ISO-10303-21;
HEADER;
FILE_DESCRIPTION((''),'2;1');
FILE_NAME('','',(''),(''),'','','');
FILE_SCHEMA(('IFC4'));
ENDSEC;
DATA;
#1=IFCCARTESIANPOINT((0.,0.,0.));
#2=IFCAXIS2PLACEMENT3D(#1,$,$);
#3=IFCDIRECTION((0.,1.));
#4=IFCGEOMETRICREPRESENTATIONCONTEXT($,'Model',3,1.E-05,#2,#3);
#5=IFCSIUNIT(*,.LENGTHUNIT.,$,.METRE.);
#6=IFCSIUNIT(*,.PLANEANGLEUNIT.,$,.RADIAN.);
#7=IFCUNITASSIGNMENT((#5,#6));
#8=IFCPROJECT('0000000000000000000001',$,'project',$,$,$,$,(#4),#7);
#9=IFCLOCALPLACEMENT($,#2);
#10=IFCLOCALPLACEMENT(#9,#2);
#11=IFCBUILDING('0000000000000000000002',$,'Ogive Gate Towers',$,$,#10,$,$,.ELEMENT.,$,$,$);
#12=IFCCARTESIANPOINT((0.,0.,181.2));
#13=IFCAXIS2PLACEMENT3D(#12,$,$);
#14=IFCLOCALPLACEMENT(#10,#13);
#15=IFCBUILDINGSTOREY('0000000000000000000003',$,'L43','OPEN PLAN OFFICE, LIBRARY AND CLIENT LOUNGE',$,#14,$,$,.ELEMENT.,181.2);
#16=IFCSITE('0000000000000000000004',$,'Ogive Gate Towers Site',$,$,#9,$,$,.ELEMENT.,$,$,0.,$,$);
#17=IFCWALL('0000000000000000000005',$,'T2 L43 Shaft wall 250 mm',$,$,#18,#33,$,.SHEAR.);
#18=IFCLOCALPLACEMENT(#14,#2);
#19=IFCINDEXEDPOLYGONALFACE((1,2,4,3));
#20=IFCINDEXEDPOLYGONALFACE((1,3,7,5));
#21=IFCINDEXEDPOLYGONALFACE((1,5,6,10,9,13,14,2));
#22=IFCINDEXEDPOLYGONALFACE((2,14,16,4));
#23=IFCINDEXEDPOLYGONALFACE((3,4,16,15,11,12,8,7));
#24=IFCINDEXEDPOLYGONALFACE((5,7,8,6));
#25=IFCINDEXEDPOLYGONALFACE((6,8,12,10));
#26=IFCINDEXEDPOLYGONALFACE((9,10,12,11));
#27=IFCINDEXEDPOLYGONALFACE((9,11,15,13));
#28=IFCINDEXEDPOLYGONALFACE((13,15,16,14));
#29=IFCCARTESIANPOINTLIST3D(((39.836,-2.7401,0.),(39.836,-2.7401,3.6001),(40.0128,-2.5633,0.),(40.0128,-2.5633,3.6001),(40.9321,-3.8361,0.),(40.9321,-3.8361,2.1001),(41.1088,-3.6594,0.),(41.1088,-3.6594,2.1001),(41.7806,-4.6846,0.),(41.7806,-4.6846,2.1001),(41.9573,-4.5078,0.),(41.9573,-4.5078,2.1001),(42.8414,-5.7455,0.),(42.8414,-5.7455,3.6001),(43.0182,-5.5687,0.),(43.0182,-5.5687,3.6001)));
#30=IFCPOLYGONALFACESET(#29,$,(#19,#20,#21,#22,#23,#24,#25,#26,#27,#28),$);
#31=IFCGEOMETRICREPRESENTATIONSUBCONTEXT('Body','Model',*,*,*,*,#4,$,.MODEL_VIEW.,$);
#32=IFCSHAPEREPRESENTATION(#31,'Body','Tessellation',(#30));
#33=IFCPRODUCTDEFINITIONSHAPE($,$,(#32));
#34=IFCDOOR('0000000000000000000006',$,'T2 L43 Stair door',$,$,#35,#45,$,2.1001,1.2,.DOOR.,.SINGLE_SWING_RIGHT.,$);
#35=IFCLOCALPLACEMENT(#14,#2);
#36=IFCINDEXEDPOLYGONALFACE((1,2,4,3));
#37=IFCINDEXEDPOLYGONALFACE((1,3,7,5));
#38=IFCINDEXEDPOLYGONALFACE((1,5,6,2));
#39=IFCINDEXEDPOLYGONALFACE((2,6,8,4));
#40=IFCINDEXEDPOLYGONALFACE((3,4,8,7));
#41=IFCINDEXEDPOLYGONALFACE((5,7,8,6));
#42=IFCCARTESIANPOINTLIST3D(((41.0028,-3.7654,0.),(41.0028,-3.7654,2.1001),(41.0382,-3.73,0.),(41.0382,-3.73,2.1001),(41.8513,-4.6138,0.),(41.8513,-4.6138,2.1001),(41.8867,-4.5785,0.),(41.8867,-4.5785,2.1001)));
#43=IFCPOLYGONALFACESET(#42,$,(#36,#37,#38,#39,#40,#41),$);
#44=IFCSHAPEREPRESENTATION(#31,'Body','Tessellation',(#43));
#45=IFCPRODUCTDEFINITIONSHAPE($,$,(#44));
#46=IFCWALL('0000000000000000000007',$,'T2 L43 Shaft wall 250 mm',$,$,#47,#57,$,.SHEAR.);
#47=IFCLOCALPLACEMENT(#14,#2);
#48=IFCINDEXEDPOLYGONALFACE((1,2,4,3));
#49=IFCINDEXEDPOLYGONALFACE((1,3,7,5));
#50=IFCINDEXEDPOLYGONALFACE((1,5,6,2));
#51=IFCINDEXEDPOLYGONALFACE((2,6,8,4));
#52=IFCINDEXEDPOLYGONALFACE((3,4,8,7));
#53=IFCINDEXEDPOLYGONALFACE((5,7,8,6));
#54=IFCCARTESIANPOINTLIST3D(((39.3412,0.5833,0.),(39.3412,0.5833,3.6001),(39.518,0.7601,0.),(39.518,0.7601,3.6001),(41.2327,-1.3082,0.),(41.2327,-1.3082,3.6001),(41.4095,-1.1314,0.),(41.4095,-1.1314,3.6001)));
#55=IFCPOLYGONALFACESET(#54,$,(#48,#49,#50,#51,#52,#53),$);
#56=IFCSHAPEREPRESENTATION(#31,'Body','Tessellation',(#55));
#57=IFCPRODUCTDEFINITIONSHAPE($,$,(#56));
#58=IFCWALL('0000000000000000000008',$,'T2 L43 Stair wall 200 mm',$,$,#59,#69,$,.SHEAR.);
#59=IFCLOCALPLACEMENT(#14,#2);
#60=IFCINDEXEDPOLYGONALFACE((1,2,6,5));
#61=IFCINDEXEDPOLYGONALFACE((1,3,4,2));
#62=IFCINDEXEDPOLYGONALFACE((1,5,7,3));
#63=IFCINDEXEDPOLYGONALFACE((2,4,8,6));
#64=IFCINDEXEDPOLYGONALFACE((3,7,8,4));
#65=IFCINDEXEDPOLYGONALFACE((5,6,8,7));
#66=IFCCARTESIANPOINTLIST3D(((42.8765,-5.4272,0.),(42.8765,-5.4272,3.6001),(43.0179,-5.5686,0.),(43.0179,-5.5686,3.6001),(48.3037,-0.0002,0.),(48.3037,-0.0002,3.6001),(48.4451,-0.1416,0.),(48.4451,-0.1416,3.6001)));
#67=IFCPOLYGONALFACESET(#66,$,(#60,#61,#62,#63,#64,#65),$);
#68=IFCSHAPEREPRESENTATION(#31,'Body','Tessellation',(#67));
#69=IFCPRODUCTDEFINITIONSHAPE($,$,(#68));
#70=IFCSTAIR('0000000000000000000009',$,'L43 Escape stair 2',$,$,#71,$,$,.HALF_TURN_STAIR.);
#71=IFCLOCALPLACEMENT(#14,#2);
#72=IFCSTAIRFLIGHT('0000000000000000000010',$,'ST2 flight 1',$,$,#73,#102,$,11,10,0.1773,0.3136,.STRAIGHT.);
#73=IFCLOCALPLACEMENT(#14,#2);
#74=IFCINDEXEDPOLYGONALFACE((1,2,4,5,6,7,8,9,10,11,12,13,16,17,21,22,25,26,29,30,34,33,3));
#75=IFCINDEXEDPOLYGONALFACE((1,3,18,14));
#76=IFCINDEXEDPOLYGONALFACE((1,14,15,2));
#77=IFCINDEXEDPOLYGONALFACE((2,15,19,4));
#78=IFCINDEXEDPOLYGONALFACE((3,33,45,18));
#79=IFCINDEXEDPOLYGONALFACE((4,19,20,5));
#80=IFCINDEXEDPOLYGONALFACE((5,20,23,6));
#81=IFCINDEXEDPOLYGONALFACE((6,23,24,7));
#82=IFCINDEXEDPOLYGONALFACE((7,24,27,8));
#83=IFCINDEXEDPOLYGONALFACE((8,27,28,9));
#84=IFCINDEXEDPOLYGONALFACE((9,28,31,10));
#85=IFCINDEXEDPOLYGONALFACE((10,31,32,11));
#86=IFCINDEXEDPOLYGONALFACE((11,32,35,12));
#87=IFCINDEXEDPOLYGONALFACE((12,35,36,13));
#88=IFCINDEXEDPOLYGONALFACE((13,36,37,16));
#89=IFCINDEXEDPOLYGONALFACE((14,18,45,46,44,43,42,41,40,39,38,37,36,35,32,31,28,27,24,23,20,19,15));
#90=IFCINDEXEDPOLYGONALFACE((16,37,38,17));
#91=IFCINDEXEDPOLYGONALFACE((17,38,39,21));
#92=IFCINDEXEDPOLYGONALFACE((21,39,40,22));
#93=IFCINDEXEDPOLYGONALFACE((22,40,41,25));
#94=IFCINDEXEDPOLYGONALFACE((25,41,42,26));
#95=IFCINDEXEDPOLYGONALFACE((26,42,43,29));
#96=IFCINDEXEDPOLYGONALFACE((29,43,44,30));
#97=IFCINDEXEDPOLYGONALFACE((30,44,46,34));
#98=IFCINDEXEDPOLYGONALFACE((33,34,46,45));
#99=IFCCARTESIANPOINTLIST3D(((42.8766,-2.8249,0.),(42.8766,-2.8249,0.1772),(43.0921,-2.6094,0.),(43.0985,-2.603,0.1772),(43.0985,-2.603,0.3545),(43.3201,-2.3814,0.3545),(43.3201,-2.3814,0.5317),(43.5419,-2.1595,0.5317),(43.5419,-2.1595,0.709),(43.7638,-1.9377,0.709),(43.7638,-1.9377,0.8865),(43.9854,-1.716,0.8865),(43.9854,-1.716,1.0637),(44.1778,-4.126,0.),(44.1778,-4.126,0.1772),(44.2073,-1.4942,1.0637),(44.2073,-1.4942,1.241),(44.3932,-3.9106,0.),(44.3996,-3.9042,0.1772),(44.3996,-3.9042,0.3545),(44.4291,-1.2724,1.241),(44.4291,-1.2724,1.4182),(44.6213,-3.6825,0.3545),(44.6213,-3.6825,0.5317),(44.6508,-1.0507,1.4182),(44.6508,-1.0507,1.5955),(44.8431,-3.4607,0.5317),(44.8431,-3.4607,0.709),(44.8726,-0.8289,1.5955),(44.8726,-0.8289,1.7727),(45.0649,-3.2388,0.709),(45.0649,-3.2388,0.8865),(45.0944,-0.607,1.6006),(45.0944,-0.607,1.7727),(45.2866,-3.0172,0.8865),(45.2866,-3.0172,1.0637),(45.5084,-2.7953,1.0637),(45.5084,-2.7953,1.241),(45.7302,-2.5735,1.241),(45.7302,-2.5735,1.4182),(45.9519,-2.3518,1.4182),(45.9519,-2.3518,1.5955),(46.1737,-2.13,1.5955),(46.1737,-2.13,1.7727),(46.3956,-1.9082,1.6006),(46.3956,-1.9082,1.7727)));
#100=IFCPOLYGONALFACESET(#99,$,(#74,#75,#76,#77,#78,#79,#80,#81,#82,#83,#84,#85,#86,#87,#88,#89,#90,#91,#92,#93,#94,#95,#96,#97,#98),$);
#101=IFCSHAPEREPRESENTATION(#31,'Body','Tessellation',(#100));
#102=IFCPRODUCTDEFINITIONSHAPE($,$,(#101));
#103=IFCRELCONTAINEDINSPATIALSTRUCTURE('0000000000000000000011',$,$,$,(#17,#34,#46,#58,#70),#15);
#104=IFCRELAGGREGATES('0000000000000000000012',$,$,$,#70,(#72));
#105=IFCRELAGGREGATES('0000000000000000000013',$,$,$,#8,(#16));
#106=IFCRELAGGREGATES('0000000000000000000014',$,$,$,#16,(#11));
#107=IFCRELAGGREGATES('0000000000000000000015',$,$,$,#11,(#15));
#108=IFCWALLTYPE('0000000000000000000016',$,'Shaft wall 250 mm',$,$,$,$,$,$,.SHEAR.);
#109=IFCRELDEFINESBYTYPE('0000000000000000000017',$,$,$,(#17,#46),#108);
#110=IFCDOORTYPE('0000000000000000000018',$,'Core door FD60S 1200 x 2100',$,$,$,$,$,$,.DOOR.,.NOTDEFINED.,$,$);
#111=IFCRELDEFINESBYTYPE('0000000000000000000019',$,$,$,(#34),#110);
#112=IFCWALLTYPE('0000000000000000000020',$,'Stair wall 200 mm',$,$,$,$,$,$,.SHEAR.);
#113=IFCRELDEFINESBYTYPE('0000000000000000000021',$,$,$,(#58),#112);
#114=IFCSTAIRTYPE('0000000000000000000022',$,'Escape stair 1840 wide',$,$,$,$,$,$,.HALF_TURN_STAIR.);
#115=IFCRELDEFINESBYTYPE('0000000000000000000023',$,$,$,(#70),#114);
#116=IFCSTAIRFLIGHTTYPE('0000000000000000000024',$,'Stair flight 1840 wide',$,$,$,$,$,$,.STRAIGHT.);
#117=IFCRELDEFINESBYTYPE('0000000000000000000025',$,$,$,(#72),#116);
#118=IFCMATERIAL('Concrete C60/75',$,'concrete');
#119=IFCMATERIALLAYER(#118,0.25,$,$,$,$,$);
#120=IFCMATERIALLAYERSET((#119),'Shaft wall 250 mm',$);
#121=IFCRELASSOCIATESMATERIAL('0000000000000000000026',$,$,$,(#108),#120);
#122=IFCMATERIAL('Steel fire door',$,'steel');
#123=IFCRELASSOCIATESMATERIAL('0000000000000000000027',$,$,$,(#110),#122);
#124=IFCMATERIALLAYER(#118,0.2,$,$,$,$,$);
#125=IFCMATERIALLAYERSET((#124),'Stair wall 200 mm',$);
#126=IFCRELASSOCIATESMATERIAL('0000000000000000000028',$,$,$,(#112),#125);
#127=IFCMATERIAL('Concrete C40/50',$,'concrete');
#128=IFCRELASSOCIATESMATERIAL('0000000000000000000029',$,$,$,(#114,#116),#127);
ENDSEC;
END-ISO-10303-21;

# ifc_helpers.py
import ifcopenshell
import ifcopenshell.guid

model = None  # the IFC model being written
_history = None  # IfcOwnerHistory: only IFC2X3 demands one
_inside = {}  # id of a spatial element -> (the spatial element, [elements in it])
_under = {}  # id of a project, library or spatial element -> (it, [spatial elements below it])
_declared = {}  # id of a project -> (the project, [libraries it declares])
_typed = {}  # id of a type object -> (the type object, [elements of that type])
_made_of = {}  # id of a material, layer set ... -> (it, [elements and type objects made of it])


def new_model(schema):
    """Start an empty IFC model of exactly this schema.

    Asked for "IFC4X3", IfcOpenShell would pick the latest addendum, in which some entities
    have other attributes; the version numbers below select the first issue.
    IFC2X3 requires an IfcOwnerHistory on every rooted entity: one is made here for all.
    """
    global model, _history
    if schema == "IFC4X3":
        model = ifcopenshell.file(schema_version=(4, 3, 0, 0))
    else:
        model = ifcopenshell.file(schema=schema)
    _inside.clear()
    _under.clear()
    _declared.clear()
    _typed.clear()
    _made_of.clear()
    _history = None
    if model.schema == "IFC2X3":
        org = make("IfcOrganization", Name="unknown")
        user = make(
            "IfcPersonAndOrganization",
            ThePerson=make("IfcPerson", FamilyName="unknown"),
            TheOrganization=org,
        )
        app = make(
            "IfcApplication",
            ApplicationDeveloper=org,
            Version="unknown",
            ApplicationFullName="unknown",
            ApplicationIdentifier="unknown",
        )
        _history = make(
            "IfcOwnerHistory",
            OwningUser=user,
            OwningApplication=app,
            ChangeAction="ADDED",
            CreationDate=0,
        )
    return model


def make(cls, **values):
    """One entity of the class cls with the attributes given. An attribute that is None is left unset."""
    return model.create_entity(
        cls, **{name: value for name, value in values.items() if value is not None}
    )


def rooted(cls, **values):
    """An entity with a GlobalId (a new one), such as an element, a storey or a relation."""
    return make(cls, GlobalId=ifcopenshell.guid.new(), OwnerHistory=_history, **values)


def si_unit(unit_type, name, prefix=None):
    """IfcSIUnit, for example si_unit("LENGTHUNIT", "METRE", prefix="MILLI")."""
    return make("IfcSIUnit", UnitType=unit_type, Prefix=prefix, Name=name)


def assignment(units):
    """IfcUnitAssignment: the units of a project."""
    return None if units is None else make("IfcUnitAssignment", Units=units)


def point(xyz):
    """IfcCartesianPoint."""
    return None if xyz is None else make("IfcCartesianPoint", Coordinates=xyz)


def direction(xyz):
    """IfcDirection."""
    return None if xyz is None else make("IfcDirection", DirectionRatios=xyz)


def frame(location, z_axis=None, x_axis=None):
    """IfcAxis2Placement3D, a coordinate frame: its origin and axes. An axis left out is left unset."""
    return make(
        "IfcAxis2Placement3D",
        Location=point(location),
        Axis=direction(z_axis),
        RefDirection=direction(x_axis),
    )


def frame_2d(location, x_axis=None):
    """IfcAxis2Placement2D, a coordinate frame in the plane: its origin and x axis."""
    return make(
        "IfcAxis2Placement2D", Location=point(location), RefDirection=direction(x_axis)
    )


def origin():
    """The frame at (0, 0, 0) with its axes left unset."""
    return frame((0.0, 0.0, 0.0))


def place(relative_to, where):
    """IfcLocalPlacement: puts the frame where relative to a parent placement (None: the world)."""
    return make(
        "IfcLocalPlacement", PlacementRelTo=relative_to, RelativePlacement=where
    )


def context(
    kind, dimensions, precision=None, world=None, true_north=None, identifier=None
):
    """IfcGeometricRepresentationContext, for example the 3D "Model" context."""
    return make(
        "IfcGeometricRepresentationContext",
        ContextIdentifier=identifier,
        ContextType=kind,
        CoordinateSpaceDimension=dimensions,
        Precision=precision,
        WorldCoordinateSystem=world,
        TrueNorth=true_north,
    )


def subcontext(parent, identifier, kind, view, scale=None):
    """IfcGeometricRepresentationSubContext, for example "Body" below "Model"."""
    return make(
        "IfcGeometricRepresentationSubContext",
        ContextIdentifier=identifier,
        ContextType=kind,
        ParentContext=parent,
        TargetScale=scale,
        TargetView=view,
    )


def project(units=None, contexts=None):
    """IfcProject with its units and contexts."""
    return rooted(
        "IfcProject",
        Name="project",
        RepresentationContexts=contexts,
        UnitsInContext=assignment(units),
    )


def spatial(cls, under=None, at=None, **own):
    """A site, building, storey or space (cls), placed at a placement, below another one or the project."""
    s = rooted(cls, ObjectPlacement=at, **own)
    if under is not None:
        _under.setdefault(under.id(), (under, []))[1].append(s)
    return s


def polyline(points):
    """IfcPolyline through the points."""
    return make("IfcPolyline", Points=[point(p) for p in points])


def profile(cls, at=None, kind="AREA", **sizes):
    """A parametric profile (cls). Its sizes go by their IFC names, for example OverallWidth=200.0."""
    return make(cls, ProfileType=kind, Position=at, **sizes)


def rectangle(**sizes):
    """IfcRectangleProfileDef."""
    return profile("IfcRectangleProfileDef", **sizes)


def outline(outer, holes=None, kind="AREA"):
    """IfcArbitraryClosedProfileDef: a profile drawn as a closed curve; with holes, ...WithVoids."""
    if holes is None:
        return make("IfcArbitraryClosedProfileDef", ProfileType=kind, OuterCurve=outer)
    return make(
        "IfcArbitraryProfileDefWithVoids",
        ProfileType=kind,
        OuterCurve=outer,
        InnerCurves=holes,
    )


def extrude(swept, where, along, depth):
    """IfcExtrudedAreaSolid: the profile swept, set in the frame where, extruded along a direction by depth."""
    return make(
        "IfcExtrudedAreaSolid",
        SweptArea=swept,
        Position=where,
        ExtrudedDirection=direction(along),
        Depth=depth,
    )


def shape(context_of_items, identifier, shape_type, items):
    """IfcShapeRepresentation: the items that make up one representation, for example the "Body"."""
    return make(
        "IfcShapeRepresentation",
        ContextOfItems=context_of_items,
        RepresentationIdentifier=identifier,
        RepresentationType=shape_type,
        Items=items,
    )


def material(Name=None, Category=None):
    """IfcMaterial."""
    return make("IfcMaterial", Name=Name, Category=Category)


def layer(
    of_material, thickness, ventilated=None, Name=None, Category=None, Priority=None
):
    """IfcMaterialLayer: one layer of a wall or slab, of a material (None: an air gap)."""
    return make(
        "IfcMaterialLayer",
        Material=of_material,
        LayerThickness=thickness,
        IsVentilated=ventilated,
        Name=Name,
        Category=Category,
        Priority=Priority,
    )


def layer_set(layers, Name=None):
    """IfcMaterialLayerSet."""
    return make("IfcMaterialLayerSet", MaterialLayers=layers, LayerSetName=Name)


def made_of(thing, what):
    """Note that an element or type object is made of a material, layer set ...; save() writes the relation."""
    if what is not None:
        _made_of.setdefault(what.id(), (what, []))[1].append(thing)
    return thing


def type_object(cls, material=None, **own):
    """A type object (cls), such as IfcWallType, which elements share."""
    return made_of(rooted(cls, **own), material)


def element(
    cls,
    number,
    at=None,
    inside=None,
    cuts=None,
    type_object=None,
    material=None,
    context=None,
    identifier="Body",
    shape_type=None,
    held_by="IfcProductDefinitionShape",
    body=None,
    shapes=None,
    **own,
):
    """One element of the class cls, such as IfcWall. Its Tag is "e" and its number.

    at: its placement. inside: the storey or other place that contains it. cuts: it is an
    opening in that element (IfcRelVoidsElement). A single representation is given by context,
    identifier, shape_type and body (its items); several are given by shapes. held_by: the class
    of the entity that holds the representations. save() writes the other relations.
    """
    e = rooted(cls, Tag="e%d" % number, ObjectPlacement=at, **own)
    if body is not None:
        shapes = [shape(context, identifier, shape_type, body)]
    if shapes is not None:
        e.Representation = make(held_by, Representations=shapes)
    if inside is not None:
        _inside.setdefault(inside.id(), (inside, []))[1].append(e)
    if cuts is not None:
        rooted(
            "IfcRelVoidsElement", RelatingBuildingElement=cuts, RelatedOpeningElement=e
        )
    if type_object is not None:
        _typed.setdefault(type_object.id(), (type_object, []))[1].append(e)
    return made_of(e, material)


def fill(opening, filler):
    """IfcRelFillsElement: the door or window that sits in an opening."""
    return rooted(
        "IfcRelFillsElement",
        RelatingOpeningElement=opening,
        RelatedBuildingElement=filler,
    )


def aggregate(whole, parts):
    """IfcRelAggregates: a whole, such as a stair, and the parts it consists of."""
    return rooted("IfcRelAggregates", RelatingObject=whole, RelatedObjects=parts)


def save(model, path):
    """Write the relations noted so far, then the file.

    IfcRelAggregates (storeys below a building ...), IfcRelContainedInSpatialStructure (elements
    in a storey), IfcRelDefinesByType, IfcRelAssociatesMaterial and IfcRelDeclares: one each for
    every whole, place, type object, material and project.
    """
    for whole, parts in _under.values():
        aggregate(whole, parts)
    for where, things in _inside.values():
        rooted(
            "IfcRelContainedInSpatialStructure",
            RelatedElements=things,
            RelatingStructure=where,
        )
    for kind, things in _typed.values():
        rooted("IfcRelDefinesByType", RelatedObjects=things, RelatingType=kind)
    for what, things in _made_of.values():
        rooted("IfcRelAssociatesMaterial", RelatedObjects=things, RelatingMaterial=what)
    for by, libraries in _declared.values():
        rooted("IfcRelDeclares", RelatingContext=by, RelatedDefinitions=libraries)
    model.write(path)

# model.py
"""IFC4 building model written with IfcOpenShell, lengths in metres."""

from ifc_helpers import new_model, si_unit, direction, frame, frame_2d, origin, place, context, subcontext, project, spatial, polyline, rectangle, outline, extrude, material, layer, layer_set, type_object, element, fill, aggregate, save


model = new_model("IFC4")

# Units and contexts
model_context = context("Model", 3, precision=1e-05, world=origin(), true_north=direction((0.0, 1.0)))
body_context = subcontext(model_context, "Body", "Model", "MODEL_VIEW")
ifc_project = project(units=[si_unit("LENGTHUNIT", "METRE"), si_unit("PLANEANGLEUNIT", "RADIAN")], contexts=[model_context])

# Site, building, storey
site_placement = place(None, origin())
site = spatial("IfcSite", under=ifc_project, at=site_placement, Name="Ogive Gate Towers Site", CompositionType="ELEMENT", RefElevation=0.0)
building_placement = place(site_placement, origin())
building = spatial("IfcBuilding", under=site, at=building_placement, Name="Ogive Gate Towers", CompositionType="ELEMENT")
storey_placement = place(building_placement, frame((0.0, 0.0, 181.2)))
storey = spatial("IfcBuildingStorey", under=building, at=storey_placement, Name="L43", Description="OPEN PLAN OFFICE, LIBRARY AND CLIENT LOUNGE", CompositionType="ELEMENT", Elevation=181.2)

# Shared definitions
ifc_material_1 = material(Name="Concrete C40/50", Category="concrete")

# Shared definitions
ifc_material_2 = material(Name="Concrete C60/75", Category="concrete")
ifc_layer_1 = layer(ifc_material_2, 0.25)
ifc_layer_set_1 = layer_set([ifc_layer_1], Name="Shaft wall 250 mm")
wall_type_1 = type_object("IfcWallType", Name="Shaft wall 250 mm", PredefinedType="SHEAR", material=ifc_layer_set_1)

# Wall, opening, door
wall_1_placement = place(storey_placement, frame((42.9297, -5.657, 0.0), z_axis=(0.0, 0.0, 1.0), x_axis=(-0.707107, 0.707107, 0.0)))
wall_1 = element("IfcWall", 1, at=wall_1_placement, inside=storey, type_object=wall_type_1, Name="T2 L43 Shaft wall 250 mm", PredefinedType="SHEAR", context=body_context, shape_type="SweptSolid", body=[
    extrude(rectangle(XDim=4.2502, YDim=0.25, at=frame_2d((2.125, 0.0))), origin(), (0.0, 0.0, 1.0), 3.6001),
])
opening_1_placement = place(wall_1_placement, frame((1.5, 0.0, 0.0)))
opening_1 = element("IfcOpeningElement", 2, at=opening_1_placement, cuts=wall_1, PredefinedType="OPENING", context=body_context, shape_type="SweptSolid", body=[
    extrude(rectangle(XDim=1.2, YDim=2.1001, at=frame_2d((0.6001, 1.05))), frame((0.0, 0.135, 0.0), z_axis=(0.0, -1.0, 0.0), x_axis=(1.0, 0.0, 0.0)), (0.0, 0.0, 1.0), 0.27),
])
ifc_material_3 = material(Name="Steel fire door", Category="steel")
door_type_1 = type_object("IfcDoorType", Name="Core door FD60S 1200 x 2100", OperationType="NOTDEFINED", PredefinedType="DOOR", material=ifc_material_3)
door_1_placement = place(opening_1_placement, origin())
door_1 = element("IfcDoor", 3, at=door_1_placement, inside=storey, type_object=door_type_1, Name="T2 L43 Stair door", OperationType="SINGLE_SWING_RIGHT", OverallHeight=2.1001, OverallWidth=1.2, PredefinedType="DOOR", context=body_context, shape_type="SweptSolid", body=[
    extrude(rectangle(XDim=1.2, YDim=2.1001, at=frame_2d((0.6001, 1.05))), frame((0.0, 0.0249, 0.0), z_axis=(0.0, -1.0, 0.0), x_axis=(1.0, 0.0, 0.0)), (0.0, 0.0, 1.0), 0.05),
])
fill(opening_1, door_1)

# Walls
wall_2_placement = place(storey_placement, frame((41.321, -1.2197, 0.0), z_axis=(0.0, 0.0, 1.0), x_axis=(-0.707107, 0.707107, 0.0)))
element("IfcWall", 4, at=wall_2_placement, inside=storey, type_object=wall_type_1, Name="T2 L43 Shaft wall 250 mm", PredefinedType="SHEAR", context=body_context, shape_type="SweptSolid", body=[
    extrude(rectangle(XDim=2.675, YDim=0.25, at=frame_2d((1.3374, 0.0))), origin(), (0.0, 0.0, 1.0), 3.6001),
])
ifc_layer_2 = layer(ifc_material_2, 0.2)
ifc_layer_set_2 = layer_set([ifc_layer_2], Name="Stair wall 200 mm")
wall_type_2 = type_object("IfcWallType", Name="Stair wall 200 mm", PredefinedType="SHEAR", material=ifc_layer_set_2)
wall_3_placement = place(storey_placement, frame((42.9473, -5.4978, 0.0), z_axis=(0.0, 0.0, 1.0), x_axis=(0.707123, 0.707091, 0.0)))
element("IfcWall", 5, at=wall_3_placement, inside=storey, type_object=wall_type_2, Name="T2 L43 Stair wall 200 mm", PredefinedType="SHEAR", context=body_context, shape_type="SweptSolid", body=[
    extrude(rectangle(XDim=7.675, YDim=0.2, at=frame_2d((3.8374, 0.0))), origin(), (0.0, 0.0, 1.0), 3.6001),
])

# Stair, stair flight
stair_type = type_object("IfcStairType", Name="Escape stair 1840 wide", PredefinedType="HALF_TURN_STAIR", material=ifc_material_1)
stair_placement = place(storey_placement, origin())
stair = element("IfcStair", 6, at=stair_placement, inside=storey, type_object=stair_type, Name="L43 Escape stair 2", PredefinedType="HALF_TURN_STAIR")
stair_flight_type = type_object("IfcStairFlightType", Name="Stair flight 1840 wide", PredefinedType="STRAIGHT", material=ifc_material_1)
stair_flight_placement = place(storey_placement, frame((43.5271, -3.4753, 0.0), z_axis=(0.0, 0.0, 1.0), x_axis=(0.707107, 0.707107, 0.0)))
stair_flight = element("IfcStairFlight", 7, at=stair_flight_placement, type_object=stair_flight_type, Name="ST2 flight 1", NumberOfRisers=11, NumberOfTreads=10, PredefinedType="STRAIGHT", RiserHeight=0.1773, TreadLength=0.3136, context=body_context, shape_type="SweptSolid", body=[
    extrude(outline(polyline([(0.0, 0.0), (0.0, 0.1772), (0.3137, 0.1772), (0.3137, 0.3545), (0.6272, 0.3545), (0.6272, 0.5317), (0.9409, 0.5317), (0.9409, 0.709), (1.2546, 0.709), (1.2546, 0.8865), (1.5681, 0.8865), (1.5681, 1.0637), (1.8818, 1.0637), (1.8818, 1.241), (2.1956, 1.241), (2.1956, 1.4182), (2.509, 1.4182), (2.509, 1.5955), (2.8228, 1.5955), (2.8228, 1.7727), (3.1365, 1.7727), (3.1365, 1.95), (3.1365, 1.6006), (0.3047, 0.0), (0.0, 0.0)])), frame((0.0, 0.9199, 0.0), z_axis=(0.0, -1.0, 0.0), x_axis=(1.0, 0.0, 0.0)), (0.0, 0.0, 1.0), 1.8401),
])
aggregate(stair, [stair_flight])

save(model, "model.ifc")
